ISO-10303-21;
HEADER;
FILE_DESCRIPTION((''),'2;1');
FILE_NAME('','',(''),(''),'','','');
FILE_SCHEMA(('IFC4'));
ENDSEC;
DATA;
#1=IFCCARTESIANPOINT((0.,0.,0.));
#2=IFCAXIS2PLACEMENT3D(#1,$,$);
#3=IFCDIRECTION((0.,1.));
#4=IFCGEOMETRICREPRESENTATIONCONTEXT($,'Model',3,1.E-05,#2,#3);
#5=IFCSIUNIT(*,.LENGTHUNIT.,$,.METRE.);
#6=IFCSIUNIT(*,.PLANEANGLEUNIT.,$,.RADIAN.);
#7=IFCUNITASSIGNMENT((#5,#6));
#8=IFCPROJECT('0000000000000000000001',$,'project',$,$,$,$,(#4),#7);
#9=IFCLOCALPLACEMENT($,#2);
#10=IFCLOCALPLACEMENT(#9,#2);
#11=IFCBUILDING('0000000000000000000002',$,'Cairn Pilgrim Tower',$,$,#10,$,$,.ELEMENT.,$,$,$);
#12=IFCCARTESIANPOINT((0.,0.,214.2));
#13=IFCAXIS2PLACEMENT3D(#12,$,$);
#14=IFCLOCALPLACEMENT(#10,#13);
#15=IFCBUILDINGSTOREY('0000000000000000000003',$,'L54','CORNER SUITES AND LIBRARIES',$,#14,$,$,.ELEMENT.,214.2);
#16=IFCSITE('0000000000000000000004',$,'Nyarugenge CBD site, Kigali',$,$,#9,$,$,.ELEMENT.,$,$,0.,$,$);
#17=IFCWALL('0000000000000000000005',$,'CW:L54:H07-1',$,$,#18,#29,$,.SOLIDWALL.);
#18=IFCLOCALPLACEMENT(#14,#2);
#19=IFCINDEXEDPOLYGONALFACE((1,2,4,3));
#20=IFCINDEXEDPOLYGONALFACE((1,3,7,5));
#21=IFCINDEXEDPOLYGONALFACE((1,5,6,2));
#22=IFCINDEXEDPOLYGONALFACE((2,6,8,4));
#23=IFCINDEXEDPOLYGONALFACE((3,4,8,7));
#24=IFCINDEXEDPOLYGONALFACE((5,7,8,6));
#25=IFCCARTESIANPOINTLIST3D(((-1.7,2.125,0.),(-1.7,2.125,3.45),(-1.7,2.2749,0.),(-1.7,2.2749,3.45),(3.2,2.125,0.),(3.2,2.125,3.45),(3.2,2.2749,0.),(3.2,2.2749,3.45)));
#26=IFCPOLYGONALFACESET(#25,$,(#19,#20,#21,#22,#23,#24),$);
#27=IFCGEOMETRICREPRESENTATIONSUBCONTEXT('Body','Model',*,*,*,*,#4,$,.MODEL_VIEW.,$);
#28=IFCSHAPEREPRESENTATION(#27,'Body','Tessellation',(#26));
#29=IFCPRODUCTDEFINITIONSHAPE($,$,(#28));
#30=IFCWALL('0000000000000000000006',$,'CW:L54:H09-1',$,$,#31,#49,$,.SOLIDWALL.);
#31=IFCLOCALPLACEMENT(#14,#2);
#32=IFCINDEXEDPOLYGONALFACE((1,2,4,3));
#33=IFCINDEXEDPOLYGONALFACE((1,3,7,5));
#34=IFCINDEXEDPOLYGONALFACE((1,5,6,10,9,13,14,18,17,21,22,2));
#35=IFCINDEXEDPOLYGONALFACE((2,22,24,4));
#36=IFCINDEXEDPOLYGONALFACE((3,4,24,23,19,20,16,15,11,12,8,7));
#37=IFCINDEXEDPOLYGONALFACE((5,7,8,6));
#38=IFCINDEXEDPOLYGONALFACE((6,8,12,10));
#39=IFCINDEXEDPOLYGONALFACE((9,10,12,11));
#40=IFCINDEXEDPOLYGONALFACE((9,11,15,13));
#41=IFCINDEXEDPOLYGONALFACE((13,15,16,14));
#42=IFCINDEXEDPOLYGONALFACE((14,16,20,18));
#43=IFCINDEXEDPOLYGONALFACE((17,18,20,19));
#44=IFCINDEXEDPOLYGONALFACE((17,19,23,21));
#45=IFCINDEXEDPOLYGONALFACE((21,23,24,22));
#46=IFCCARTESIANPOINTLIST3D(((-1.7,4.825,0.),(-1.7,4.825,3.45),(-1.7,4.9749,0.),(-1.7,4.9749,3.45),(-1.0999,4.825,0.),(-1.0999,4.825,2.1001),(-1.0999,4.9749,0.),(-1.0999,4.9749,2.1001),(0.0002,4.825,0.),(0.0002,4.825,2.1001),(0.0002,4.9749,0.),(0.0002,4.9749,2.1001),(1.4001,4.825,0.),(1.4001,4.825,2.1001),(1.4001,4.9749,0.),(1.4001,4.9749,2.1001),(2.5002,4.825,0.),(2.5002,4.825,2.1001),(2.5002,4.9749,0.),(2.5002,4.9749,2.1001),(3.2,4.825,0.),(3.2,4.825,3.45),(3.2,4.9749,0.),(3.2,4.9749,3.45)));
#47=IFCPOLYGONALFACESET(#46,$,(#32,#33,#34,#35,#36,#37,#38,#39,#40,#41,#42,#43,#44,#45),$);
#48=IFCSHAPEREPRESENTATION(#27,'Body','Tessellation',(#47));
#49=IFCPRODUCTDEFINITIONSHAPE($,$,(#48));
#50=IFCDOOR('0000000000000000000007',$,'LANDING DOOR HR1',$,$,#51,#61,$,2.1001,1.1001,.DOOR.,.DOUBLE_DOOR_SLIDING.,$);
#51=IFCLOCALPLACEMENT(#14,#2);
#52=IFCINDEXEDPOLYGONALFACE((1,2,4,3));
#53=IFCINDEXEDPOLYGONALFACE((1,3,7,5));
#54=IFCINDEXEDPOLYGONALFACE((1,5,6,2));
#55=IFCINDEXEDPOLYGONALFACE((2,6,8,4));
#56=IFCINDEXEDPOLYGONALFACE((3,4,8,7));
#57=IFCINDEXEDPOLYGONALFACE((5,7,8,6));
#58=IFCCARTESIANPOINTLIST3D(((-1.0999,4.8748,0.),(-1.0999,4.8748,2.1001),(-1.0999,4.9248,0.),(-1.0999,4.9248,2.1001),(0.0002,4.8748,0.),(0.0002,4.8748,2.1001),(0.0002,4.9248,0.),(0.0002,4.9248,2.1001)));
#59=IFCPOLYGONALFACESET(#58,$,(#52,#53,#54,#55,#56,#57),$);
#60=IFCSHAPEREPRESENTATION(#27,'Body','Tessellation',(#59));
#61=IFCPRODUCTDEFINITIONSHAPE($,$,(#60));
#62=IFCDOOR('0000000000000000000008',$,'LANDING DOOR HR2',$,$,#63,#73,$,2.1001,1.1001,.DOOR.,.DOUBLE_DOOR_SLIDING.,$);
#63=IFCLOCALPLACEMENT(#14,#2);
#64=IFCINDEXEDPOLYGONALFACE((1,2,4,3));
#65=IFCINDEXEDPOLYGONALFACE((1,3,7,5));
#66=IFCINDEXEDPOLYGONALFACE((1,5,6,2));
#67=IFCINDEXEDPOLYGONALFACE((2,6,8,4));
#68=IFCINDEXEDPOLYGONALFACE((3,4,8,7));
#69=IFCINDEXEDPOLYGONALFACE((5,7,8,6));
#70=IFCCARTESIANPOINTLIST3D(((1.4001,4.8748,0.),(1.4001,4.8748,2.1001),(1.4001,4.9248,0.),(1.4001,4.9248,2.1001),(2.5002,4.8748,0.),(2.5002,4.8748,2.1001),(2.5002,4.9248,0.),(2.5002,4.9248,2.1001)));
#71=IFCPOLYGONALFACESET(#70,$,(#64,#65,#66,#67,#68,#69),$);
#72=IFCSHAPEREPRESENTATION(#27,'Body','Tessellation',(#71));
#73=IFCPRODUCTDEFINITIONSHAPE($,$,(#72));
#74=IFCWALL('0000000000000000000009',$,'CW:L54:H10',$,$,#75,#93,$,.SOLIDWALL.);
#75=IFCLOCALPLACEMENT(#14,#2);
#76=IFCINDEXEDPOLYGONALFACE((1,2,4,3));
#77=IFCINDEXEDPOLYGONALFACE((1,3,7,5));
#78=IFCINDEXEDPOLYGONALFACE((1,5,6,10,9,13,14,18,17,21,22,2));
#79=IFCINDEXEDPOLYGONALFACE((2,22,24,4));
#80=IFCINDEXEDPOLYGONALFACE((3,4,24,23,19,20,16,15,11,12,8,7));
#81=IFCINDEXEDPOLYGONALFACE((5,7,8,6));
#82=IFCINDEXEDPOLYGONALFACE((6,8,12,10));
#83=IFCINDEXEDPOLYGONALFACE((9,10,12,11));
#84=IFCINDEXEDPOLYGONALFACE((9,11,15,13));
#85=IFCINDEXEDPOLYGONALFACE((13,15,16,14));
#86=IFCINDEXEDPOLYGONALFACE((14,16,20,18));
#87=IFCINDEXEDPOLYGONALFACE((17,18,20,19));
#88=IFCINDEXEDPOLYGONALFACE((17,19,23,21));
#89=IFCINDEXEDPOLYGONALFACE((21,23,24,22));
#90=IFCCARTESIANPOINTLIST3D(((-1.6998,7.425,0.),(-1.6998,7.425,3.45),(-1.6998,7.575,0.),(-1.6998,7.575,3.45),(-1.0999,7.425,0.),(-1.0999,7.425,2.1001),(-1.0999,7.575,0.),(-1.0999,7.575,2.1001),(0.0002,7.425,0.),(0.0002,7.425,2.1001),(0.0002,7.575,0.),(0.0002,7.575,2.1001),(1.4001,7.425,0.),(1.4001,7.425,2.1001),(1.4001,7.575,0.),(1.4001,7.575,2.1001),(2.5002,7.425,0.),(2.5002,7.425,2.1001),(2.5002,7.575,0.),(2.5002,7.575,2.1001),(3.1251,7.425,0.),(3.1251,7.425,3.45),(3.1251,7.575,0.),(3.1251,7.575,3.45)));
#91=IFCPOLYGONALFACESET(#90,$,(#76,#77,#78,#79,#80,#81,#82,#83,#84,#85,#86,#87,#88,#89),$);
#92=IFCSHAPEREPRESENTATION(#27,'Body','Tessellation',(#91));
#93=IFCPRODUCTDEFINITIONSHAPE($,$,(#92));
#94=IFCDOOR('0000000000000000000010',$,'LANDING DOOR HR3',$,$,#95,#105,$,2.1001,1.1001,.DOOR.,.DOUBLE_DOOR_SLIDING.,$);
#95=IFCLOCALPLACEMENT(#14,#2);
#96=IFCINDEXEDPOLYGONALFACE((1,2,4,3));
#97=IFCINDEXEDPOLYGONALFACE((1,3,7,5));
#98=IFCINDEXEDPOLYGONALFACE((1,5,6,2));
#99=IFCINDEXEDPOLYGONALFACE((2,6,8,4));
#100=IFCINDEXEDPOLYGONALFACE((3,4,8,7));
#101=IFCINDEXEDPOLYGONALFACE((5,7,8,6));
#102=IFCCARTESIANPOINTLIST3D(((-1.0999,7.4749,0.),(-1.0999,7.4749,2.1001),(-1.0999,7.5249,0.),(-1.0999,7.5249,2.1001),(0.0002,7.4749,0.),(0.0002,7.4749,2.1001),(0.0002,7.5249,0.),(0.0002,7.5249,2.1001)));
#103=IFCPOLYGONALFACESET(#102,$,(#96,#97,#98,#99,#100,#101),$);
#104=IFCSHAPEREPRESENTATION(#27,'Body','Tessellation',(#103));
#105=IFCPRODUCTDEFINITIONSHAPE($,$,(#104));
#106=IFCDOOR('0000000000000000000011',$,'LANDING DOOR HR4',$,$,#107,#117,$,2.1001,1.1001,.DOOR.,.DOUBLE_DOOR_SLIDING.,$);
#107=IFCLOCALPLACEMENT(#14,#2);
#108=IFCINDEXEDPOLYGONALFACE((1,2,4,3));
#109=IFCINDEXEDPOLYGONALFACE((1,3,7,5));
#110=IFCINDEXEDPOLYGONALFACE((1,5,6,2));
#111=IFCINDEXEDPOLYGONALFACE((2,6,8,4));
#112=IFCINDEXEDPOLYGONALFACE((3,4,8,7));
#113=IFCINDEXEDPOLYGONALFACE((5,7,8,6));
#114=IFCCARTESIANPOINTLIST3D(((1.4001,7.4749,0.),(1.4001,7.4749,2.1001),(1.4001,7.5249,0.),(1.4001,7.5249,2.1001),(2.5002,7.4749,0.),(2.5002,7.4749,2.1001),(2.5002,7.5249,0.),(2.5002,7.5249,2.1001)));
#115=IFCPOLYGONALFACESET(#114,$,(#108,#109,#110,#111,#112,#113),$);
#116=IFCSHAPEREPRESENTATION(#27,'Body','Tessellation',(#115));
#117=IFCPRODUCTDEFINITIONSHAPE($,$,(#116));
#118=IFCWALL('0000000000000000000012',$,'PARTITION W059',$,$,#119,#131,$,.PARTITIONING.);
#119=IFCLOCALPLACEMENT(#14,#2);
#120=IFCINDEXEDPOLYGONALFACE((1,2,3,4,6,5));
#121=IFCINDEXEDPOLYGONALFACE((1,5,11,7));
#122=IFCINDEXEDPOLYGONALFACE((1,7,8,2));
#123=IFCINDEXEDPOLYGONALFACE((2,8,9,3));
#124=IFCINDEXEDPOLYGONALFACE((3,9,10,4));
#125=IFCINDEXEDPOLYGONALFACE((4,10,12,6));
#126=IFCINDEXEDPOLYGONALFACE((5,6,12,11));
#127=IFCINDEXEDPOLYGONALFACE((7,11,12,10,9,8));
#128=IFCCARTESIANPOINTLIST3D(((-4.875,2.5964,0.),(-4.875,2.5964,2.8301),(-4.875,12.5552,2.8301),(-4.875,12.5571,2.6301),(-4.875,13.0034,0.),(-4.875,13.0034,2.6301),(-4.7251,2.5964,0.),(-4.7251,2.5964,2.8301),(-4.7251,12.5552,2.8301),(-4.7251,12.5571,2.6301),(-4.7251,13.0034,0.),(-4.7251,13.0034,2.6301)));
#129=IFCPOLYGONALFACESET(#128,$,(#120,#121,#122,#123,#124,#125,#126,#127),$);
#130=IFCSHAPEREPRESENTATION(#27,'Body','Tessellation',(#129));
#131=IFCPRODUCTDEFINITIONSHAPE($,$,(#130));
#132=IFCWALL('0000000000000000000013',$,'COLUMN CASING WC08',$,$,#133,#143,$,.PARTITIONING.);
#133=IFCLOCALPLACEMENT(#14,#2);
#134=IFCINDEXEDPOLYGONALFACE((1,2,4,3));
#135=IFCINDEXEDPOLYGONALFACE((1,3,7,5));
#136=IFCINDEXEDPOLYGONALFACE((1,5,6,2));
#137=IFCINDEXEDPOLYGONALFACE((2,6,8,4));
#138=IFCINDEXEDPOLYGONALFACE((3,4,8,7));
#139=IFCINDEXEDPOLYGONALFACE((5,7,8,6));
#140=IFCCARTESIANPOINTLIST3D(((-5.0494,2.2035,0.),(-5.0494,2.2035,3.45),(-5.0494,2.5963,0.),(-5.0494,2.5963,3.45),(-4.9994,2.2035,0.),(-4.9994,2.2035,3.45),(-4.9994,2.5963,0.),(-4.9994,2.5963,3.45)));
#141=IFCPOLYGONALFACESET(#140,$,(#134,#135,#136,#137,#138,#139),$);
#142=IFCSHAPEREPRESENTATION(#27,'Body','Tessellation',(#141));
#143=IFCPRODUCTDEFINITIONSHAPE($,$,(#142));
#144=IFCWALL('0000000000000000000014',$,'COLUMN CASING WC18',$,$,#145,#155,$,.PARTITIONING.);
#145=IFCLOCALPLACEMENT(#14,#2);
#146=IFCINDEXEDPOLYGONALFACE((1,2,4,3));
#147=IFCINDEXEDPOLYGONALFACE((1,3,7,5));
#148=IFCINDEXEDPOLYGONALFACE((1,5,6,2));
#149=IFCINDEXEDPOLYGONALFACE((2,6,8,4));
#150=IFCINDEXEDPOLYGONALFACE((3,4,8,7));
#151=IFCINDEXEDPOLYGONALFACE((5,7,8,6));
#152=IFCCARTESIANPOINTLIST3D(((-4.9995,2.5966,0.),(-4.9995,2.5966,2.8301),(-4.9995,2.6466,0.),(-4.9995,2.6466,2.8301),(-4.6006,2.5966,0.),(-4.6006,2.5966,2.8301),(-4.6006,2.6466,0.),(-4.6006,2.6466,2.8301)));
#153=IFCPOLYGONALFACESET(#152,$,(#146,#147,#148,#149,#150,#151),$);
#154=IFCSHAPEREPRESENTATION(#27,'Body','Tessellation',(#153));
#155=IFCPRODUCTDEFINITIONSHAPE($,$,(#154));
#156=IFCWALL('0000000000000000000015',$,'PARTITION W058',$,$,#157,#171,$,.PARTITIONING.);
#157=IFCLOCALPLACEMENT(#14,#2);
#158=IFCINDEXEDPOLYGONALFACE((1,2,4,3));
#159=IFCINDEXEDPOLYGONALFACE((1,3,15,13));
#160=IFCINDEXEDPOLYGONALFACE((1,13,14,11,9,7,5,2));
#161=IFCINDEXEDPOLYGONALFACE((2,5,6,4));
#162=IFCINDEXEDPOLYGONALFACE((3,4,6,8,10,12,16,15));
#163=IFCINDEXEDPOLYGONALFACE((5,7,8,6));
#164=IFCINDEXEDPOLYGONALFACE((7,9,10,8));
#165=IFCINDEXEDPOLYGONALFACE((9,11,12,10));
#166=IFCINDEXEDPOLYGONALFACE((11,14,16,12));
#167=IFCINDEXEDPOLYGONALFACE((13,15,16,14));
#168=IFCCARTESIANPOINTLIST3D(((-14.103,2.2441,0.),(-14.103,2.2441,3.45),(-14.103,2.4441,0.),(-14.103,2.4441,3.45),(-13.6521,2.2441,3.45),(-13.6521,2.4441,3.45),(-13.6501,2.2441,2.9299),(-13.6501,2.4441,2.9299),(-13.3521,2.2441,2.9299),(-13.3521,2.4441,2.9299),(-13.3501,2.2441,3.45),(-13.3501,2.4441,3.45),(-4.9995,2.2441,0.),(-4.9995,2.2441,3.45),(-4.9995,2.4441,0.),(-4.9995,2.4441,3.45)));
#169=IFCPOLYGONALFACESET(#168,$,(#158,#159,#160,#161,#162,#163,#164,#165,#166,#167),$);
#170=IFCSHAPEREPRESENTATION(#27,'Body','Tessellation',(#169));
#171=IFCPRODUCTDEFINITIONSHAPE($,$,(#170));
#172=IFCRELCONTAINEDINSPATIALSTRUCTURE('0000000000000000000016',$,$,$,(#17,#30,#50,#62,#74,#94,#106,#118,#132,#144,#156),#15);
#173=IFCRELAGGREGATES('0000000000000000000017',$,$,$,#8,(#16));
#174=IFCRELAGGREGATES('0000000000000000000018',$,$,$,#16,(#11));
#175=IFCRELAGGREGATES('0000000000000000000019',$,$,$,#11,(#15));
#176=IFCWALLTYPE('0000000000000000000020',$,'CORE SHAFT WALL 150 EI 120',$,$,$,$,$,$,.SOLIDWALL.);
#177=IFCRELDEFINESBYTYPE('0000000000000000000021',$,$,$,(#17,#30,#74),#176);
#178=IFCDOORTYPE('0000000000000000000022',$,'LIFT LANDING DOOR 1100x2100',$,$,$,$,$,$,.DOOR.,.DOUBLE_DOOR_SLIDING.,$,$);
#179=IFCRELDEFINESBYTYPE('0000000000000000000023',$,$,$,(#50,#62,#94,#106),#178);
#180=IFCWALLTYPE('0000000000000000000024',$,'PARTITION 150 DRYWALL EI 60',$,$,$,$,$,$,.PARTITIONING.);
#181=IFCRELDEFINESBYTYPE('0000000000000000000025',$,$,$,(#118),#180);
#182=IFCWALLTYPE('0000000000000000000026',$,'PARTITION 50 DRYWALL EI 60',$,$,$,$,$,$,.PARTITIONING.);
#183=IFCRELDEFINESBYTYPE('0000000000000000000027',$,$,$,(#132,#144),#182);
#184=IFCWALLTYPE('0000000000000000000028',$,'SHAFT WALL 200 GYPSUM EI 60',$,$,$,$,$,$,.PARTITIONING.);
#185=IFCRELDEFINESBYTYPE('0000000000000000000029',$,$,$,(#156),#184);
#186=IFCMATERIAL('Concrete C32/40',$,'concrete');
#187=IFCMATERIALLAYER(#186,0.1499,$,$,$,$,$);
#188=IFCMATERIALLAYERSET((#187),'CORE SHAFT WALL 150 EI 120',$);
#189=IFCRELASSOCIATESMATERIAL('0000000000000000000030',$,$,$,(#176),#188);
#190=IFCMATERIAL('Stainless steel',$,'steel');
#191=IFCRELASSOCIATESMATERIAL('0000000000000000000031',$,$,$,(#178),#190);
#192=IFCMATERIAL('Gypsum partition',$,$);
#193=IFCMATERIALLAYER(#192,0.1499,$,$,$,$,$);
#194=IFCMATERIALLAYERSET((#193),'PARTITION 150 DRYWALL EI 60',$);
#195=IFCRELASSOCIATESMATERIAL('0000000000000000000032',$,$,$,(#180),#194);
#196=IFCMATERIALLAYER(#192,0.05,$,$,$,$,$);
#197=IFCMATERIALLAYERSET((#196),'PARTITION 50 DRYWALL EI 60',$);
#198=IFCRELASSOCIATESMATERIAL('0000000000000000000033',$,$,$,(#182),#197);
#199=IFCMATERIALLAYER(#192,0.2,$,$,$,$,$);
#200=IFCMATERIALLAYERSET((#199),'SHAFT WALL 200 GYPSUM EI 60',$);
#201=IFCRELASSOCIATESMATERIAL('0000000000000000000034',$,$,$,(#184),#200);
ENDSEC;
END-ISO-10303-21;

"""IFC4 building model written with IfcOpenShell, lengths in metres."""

from ifc_helpers import new_model, si_unit, direction, frame, frame_2d, origin, place, context, subcontext, project, spatial, polyline, rectangle, outline, extrude, material, layer, layer_set, type_object, element, fill, save


model = new_model("IFC4")

# Units and contexts
model_context = context("Model", 3, precision=1e-05, world=origin(), true_north=direction((0.0, 1.0)))
body_context = subcontext(model_context, "Body", "Model", "MODEL_VIEW")
ifc_project = project(units=[si_unit("LENGTHUNIT", "METRE"), si_unit("PLANEANGLEUNIT", "RADIAN")], contexts=[model_context])

# Site, building, storey
site_placement = place(None, origin())
site = spatial("IfcSite", under=ifc_project, at=site_placement, Name="Nyarugenge CBD site, Kigali", CompositionType="ELEMENT", RefElevation=0.0)
building_placement = place(site_placement, origin())
building = spatial("IfcBuilding", under=site, at=building_placement, Name="Cairn Pilgrim Tower", CompositionType="ELEMENT")
storey_placement = place(building_placement, frame((0.0, 0.0, 214.2)))
storey = spatial("IfcBuildingStorey", under=building, at=storey_placement, Name="L54", Description="CORNER SUITES AND LIBRARIES", CompositionType="ELEMENT", Elevation=214.2)

# Shared definitions
ifc_material_1 = material(Name="Concrete C32/40", Category="concrete")

# Wall
ifc_layer_1 = layer(ifc_material_1, 0.1499)
ifc_layer_set_1 = layer_set([ifc_layer_1], Name="CORE SHAFT WALL 150 EI 120")
wall_type_1 = type_object("IfcWallType", Name="CORE SHAFT WALL 150 EI 120", PredefinedType="SOLIDWALL", material=ifc_layer_set_1)
wall_1_placement = place(storey_placement, frame((-1.7, 2.2, 0.0), z_axis=(0.0, 0.0, 1.0), x_axis=(1.0, 0.0, 0.0)))
element("IfcWall", 1, at=wall_1_placement, inside=storey, type_object=wall_type_1, Name="CW:L54:H07-1", PredefinedType="SOLIDWALL", context=body_context, shape_type="SweptSolid", body=[
    extrude(rectangle(XDim=4.8999, YDim=0.1499, at=frame_2d((2.45, 0.0))), origin(), (0.0, 0.0, 1.0), 3.45),
])

# Walls, openings, doors
wall_2_placement = place(storey_placement, frame((-1.7, 4.8999, 0.0), z_axis=(0.0, 0.0, 1.0), x_axis=(1.0, 0.0, 0.0)))
wall_2 = element("IfcWall", 2, at=wall_2_placement, inside=storey, type_object=wall_type_1, Name="CW:L54:H09-1", PredefinedType="SOLIDWALL", context=body_context, shape_type="SweptSolid", body=[
    extrude(rectangle(XDim=4.8999, YDim=0.1499, at=frame_2d((2.45, 0.0))), origin(), (0.0, 0.0, 1.0), 3.45),
])
opening_1_placement = place(wall_2_placement, frame((0.6001, 0.0, 0.0)))
opening_1 = element("IfcOpeningElement", 3, at=opening_1_placement, cuts=wall_2, PredefinedType="OPENING", context=body_context, shape_type="SweptSolid", body=[
    extrude(rectangle(XDim=1.1001, YDim=2.1001, at=frame_2d((0.55, 1.05))), frame((0.0, 0.085, 0.0), z_axis=(0.0, -1.0, 0.0), x_axis=(1.0, 0.0, 0.0)), (0.0, 0.0, 1.0), 0.1699),
])
opening_2_placement = place(wall_2_placement, frame((3.1001, 0.0, 0.0)))
opening_2 = element("IfcOpeningElement", 4, at=opening_2_placement, cuts=wall_2, PredefinedType="OPENING", context=body_context, shape_type="SweptSolid", body=[
    extrude(rectangle(XDim=1.1001, YDim=2.1001, at=frame_2d((0.55, 1.05))), frame((0.0, 0.085, 0.0), z_axis=(0.0, -1.0, 0.0), x_axis=(1.0, 0.0, 0.0)), (0.0, 0.0, 1.0), 0.1699),
])
ifc_material_2 = material(Name="Stainless steel", Category="steel")
door_type = type_object("IfcDoorType", Name="LIFT LANDING DOOR 1100x2100", OperationType="DOUBLE_DOOR_SLIDING", PredefinedType="DOOR", material=ifc_material_2)
door_1_placement = place(opening_1_placement, origin())
door_1 = element("IfcDoor", 5, at=door_1_placement, inside=storey, type_object=door_type, Name="LANDING DOOR HR1", OperationType="DOUBLE_DOOR_SLIDING", OverallHeight=2.1001, OverallWidth=1.1001, PredefinedType="DOOR", context=body_context, shape_type="SweptSolid", body=[
    extrude(rectangle(XDim=1.1001, YDim=2.1001, at=frame_2d((0.55, 1.05))), frame((0.0, 0.0249, 0.0), z_axis=(0.0, -1.0, 0.0), x_axis=(1.0, 0.0, 0.0)), (0.0, 0.0, 1.0), 0.05),
])
fill(opening_1, door_1)
door_2_placement = place(opening_2_placement, origin())
door_2 = element("IfcDoor", 6, at=door_2_placement, inside=storey, type_object=door_type, Name="LANDING DOOR HR2", OperationType="DOUBLE_DOOR_SLIDING", OverallHeight=2.1001, OverallWidth=1.1001, PredefinedType="DOOR", context=body_context, shape_type="SweptSolid", body=[
    extrude(rectangle(XDim=1.1001, YDim=2.1001, at=frame_2d((0.55, 1.05))), frame((0.0, 0.0249, 0.0), z_axis=(0.0, -1.0, 0.0), x_axis=(1.0, 0.0, 0.0)), (0.0, 0.0, 1.0), 0.05),
])
fill(opening_2, door_2)
wall_3_placement = place(storey_placement, frame((-1.7, 7.5, 0.0), z_axis=(0.0, 0.0, 1.0), x_axis=(1.0, 0.0, 0.0)))
wall_3 = element("IfcWall", 7, at=wall_3_placement, inside=storey, type_object=wall_type_1, Name="CW:L54:H10", PredefinedType="SOLIDWALL", context=body_context, shape_type="SweptSolid", body=[
    extrude(rectangle(XDim=4.825, YDim=0.1499, at=frame_2d((2.4126, 0.0))), origin(), (0.0, 0.0, 1.0), 3.45),
])
opening_3_placement = place(wall_3_placement, frame((0.6001, 0.0, 0.0)))
opening_3 = element("IfcOpeningElement", 8, at=opening_3_placement, cuts=wall_3, PredefinedType="OPENING", context=body_context, shape_type="SweptSolid", body=[
    extrude(rectangle(XDim=1.1001, YDim=2.1001, at=frame_2d((0.55, 1.05))), frame((0.0, 0.085, 0.0), z_axis=(0.0, -1.0, 0.0), x_axis=(1.0, 0.0, 0.0)), (0.0, 0.0, 1.0), 0.1699),
])
opening_4_placement = place(wall_3_placement, frame((3.1001, 0.0, 0.0)))
opening_4 = element("IfcOpeningElement", 9, at=opening_4_placement, cuts=wall_3, PredefinedType="OPENING", context=body_context, shape_type="SweptSolid", body=[
    extrude(rectangle(XDim=1.1001, YDim=2.1001, at=frame_2d((0.55, 1.05))), frame((0.0, 0.085, 0.0), z_axis=(0.0, -1.0, 0.0), x_axis=(1.0, 0.0, 0.0)), (0.0, 0.0, 1.0), 0.1699),
])
door_3_placement = place(opening_3_placement, origin())
door_3 = element("IfcDoor", 10, at=door_3_placement, inside=storey, type_object=door_type, Name="LANDING DOOR HR3", OperationType="DOUBLE_DOOR_SLIDING", OverallHeight=2.1001, OverallWidth=1.1001, PredefinedType="DOOR", context=body_context, shape_type="SweptSolid", body=[
    extrude(rectangle(XDim=1.1001, YDim=2.1001, at=frame_2d((0.55, 1.05))), frame((0.0, 0.0249, 0.0), z_axis=(0.0, -1.0, 0.0), x_axis=(1.0, 0.0, 0.0)), (0.0, 0.0, 1.0), 0.05),
])
fill(opening_3, door_3)
door_4_placement = place(opening_4_placement, origin())
door_4 = element("IfcDoor", 11, at=door_4_placement, inside=storey, type_object=door_type, Name="LANDING DOOR HR4", OperationType="DOUBLE_DOOR_SLIDING", OverallHeight=2.1001, OverallWidth=1.1001, PredefinedType="DOOR", context=body_context, shape_type="SweptSolid", body=[
    extrude(rectangle(XDim=1.1001, YDim=2.1001, at=frame_2d((0.55, 1.05))), frame((0.0, 0.0249, 0.0), z_axis=(0.0, -1.0, 0.0), x_axis=(1.0, 0.0, 0.0)), (0.0, 0.0, 1.0), 0.05),
])
fill(opening_4, door_4)

# Walls
ifc_material_3 = material(Name="Gypsum partition")
ifc_layer_2 = layer(ifc_material_3, 0.1499)
ifc_layer_set_2 = layer_set([ifc_layer_2], Name="PARTITION 150 DRYWALL EI 60")
wall_type_2 = type_object("IfcWallType", Name="PARTITION 150 DRYWALL EI 60", PredefinedType="PARTITIONING", material=ifc_layer_set_2)
wall_4_placement = place(storey_placement, frame((-4.8, 2.5964, 0.0), z_axis=(0.0, 0.0, 1.0), x_axis=(0.0, 1.0, 0.0)))
element("IfcWall", 12, at=wall_4_placement, inside=storey, type_object=wall_type_2, Name="PARTITION W059", PredefinedType="PARTITIONING", context=body_context, shape_type="SweptSolid", body=[
    extrude(outline(polyline([(0.0, 0.0), (10.407, 0.0), (10.407, 2.6301), (9.9607, 2.6301), (9.9587, 2.8301), (0.0, 2.8301), (0.0, 0.0)])), frame((0.0, 0.075, 0.0), z_axis=(0.0, -1.0, 0.0), x_axis=(1.0, 0.0, 0.0)), (0.0, 0.0, 1.0), 0.1499),
])
ifc_layer_3 = layer(ifc_material_3, 0.05)
ifc_layer_set_3 = layer_set([ifc_layer_3], Name="PARTITION 50 DRYWALL EI 60")
wall_type_3 = type_object("IfcWallType", Name="PARTITION 50 DRYWALL EI 60", PredefinedType="PARTITIONING", material=ifc_layer_set_3)
wall_5_placement = place(storey_placement, frame((-5.0244, 2.2036, 0.0), z_axis=(0.0, 0.0, 1.0), x_axis=(0.0, 1.0, 0.0)))
element("IfcWall", 13, at=wall_5_placement, inside=storey, type_object=wall_type_3, Name="COLUMN CASING WC08", PredefinedType="PARTITIONING", context=body_context, shape_type="SweptSolid", body=[
    extrude(rectangle(XDim=0.3928, YDim=0.05, at=frame_2d((0.1963, 0.0))), origin(), (0.0, 0.0, 1.0), 3.45),
])
wall_6_placement = place(storey_placement, frame((-4.9995, 2.6216, 0.0), z_axis=(0.0, 0.0, 1.0), x_axis=(1.0, 0.0, 0.0)))
element("IfcWall", 14, at=wall_6_placement, inside=storey, type_object=wall_type_3, Name="COLUMN CASING WC18", PredefinedType="PARTITIONING", context=body_context, shape_type="SweptSolid", body=[
    extrude(rectangle(XDim=0.3989, YDim=0.05, at=frame_2d((0.1995, 0.0))), origin(), (0.0, 0.0, 1.0), 2.8301),
])
ifc_layer_4 = layer(ifc_material_3, 0.2)
ifc_layer_set_4 = layer_set([ifc_layer_4], Name="SHAFT WALL 200 GYPSUM EI 60")
wall_type_4 = type_object("IfcWallType", Name="SHAFT WALL 200 GYPSUM EI 60", PredefinedType="PARTITIONING", material=ifc_layer_set_4)
wall_7_placement = place(storey_placement, frame((-14.103, 2.344, 0.0), z_axis=(0.0, 0.0, 1.0), x_axis=(1.0, 0.0, 0.0)))
element("IfcWall", 15, at=wall_7_placement, inside=storey, type_object=wall_type_4, Name="PARTITION W058", PredefinedType="PARTITIONING", context=body_context, shape_type="SweptSolid", body=[
    extrude(outline(polyline([(0.0, 0.0), (9.1035, 0.0), (9.1035, 3.45), (0.7529, 3.45), (0.751, 2.9299), (0.4529, 2.9299), (0.4509, 3.45), (0.0, 3.45), (0.0, 0.0)])), frame((0.0, 0.1001, 0.0), z_axis=(0.0, -1.0, 0.0), x_axis=(1.0, 0.0, 0.0)), (0.0, 0.0, 1.0), 0.2),
])

save(model, "model.ifc")
